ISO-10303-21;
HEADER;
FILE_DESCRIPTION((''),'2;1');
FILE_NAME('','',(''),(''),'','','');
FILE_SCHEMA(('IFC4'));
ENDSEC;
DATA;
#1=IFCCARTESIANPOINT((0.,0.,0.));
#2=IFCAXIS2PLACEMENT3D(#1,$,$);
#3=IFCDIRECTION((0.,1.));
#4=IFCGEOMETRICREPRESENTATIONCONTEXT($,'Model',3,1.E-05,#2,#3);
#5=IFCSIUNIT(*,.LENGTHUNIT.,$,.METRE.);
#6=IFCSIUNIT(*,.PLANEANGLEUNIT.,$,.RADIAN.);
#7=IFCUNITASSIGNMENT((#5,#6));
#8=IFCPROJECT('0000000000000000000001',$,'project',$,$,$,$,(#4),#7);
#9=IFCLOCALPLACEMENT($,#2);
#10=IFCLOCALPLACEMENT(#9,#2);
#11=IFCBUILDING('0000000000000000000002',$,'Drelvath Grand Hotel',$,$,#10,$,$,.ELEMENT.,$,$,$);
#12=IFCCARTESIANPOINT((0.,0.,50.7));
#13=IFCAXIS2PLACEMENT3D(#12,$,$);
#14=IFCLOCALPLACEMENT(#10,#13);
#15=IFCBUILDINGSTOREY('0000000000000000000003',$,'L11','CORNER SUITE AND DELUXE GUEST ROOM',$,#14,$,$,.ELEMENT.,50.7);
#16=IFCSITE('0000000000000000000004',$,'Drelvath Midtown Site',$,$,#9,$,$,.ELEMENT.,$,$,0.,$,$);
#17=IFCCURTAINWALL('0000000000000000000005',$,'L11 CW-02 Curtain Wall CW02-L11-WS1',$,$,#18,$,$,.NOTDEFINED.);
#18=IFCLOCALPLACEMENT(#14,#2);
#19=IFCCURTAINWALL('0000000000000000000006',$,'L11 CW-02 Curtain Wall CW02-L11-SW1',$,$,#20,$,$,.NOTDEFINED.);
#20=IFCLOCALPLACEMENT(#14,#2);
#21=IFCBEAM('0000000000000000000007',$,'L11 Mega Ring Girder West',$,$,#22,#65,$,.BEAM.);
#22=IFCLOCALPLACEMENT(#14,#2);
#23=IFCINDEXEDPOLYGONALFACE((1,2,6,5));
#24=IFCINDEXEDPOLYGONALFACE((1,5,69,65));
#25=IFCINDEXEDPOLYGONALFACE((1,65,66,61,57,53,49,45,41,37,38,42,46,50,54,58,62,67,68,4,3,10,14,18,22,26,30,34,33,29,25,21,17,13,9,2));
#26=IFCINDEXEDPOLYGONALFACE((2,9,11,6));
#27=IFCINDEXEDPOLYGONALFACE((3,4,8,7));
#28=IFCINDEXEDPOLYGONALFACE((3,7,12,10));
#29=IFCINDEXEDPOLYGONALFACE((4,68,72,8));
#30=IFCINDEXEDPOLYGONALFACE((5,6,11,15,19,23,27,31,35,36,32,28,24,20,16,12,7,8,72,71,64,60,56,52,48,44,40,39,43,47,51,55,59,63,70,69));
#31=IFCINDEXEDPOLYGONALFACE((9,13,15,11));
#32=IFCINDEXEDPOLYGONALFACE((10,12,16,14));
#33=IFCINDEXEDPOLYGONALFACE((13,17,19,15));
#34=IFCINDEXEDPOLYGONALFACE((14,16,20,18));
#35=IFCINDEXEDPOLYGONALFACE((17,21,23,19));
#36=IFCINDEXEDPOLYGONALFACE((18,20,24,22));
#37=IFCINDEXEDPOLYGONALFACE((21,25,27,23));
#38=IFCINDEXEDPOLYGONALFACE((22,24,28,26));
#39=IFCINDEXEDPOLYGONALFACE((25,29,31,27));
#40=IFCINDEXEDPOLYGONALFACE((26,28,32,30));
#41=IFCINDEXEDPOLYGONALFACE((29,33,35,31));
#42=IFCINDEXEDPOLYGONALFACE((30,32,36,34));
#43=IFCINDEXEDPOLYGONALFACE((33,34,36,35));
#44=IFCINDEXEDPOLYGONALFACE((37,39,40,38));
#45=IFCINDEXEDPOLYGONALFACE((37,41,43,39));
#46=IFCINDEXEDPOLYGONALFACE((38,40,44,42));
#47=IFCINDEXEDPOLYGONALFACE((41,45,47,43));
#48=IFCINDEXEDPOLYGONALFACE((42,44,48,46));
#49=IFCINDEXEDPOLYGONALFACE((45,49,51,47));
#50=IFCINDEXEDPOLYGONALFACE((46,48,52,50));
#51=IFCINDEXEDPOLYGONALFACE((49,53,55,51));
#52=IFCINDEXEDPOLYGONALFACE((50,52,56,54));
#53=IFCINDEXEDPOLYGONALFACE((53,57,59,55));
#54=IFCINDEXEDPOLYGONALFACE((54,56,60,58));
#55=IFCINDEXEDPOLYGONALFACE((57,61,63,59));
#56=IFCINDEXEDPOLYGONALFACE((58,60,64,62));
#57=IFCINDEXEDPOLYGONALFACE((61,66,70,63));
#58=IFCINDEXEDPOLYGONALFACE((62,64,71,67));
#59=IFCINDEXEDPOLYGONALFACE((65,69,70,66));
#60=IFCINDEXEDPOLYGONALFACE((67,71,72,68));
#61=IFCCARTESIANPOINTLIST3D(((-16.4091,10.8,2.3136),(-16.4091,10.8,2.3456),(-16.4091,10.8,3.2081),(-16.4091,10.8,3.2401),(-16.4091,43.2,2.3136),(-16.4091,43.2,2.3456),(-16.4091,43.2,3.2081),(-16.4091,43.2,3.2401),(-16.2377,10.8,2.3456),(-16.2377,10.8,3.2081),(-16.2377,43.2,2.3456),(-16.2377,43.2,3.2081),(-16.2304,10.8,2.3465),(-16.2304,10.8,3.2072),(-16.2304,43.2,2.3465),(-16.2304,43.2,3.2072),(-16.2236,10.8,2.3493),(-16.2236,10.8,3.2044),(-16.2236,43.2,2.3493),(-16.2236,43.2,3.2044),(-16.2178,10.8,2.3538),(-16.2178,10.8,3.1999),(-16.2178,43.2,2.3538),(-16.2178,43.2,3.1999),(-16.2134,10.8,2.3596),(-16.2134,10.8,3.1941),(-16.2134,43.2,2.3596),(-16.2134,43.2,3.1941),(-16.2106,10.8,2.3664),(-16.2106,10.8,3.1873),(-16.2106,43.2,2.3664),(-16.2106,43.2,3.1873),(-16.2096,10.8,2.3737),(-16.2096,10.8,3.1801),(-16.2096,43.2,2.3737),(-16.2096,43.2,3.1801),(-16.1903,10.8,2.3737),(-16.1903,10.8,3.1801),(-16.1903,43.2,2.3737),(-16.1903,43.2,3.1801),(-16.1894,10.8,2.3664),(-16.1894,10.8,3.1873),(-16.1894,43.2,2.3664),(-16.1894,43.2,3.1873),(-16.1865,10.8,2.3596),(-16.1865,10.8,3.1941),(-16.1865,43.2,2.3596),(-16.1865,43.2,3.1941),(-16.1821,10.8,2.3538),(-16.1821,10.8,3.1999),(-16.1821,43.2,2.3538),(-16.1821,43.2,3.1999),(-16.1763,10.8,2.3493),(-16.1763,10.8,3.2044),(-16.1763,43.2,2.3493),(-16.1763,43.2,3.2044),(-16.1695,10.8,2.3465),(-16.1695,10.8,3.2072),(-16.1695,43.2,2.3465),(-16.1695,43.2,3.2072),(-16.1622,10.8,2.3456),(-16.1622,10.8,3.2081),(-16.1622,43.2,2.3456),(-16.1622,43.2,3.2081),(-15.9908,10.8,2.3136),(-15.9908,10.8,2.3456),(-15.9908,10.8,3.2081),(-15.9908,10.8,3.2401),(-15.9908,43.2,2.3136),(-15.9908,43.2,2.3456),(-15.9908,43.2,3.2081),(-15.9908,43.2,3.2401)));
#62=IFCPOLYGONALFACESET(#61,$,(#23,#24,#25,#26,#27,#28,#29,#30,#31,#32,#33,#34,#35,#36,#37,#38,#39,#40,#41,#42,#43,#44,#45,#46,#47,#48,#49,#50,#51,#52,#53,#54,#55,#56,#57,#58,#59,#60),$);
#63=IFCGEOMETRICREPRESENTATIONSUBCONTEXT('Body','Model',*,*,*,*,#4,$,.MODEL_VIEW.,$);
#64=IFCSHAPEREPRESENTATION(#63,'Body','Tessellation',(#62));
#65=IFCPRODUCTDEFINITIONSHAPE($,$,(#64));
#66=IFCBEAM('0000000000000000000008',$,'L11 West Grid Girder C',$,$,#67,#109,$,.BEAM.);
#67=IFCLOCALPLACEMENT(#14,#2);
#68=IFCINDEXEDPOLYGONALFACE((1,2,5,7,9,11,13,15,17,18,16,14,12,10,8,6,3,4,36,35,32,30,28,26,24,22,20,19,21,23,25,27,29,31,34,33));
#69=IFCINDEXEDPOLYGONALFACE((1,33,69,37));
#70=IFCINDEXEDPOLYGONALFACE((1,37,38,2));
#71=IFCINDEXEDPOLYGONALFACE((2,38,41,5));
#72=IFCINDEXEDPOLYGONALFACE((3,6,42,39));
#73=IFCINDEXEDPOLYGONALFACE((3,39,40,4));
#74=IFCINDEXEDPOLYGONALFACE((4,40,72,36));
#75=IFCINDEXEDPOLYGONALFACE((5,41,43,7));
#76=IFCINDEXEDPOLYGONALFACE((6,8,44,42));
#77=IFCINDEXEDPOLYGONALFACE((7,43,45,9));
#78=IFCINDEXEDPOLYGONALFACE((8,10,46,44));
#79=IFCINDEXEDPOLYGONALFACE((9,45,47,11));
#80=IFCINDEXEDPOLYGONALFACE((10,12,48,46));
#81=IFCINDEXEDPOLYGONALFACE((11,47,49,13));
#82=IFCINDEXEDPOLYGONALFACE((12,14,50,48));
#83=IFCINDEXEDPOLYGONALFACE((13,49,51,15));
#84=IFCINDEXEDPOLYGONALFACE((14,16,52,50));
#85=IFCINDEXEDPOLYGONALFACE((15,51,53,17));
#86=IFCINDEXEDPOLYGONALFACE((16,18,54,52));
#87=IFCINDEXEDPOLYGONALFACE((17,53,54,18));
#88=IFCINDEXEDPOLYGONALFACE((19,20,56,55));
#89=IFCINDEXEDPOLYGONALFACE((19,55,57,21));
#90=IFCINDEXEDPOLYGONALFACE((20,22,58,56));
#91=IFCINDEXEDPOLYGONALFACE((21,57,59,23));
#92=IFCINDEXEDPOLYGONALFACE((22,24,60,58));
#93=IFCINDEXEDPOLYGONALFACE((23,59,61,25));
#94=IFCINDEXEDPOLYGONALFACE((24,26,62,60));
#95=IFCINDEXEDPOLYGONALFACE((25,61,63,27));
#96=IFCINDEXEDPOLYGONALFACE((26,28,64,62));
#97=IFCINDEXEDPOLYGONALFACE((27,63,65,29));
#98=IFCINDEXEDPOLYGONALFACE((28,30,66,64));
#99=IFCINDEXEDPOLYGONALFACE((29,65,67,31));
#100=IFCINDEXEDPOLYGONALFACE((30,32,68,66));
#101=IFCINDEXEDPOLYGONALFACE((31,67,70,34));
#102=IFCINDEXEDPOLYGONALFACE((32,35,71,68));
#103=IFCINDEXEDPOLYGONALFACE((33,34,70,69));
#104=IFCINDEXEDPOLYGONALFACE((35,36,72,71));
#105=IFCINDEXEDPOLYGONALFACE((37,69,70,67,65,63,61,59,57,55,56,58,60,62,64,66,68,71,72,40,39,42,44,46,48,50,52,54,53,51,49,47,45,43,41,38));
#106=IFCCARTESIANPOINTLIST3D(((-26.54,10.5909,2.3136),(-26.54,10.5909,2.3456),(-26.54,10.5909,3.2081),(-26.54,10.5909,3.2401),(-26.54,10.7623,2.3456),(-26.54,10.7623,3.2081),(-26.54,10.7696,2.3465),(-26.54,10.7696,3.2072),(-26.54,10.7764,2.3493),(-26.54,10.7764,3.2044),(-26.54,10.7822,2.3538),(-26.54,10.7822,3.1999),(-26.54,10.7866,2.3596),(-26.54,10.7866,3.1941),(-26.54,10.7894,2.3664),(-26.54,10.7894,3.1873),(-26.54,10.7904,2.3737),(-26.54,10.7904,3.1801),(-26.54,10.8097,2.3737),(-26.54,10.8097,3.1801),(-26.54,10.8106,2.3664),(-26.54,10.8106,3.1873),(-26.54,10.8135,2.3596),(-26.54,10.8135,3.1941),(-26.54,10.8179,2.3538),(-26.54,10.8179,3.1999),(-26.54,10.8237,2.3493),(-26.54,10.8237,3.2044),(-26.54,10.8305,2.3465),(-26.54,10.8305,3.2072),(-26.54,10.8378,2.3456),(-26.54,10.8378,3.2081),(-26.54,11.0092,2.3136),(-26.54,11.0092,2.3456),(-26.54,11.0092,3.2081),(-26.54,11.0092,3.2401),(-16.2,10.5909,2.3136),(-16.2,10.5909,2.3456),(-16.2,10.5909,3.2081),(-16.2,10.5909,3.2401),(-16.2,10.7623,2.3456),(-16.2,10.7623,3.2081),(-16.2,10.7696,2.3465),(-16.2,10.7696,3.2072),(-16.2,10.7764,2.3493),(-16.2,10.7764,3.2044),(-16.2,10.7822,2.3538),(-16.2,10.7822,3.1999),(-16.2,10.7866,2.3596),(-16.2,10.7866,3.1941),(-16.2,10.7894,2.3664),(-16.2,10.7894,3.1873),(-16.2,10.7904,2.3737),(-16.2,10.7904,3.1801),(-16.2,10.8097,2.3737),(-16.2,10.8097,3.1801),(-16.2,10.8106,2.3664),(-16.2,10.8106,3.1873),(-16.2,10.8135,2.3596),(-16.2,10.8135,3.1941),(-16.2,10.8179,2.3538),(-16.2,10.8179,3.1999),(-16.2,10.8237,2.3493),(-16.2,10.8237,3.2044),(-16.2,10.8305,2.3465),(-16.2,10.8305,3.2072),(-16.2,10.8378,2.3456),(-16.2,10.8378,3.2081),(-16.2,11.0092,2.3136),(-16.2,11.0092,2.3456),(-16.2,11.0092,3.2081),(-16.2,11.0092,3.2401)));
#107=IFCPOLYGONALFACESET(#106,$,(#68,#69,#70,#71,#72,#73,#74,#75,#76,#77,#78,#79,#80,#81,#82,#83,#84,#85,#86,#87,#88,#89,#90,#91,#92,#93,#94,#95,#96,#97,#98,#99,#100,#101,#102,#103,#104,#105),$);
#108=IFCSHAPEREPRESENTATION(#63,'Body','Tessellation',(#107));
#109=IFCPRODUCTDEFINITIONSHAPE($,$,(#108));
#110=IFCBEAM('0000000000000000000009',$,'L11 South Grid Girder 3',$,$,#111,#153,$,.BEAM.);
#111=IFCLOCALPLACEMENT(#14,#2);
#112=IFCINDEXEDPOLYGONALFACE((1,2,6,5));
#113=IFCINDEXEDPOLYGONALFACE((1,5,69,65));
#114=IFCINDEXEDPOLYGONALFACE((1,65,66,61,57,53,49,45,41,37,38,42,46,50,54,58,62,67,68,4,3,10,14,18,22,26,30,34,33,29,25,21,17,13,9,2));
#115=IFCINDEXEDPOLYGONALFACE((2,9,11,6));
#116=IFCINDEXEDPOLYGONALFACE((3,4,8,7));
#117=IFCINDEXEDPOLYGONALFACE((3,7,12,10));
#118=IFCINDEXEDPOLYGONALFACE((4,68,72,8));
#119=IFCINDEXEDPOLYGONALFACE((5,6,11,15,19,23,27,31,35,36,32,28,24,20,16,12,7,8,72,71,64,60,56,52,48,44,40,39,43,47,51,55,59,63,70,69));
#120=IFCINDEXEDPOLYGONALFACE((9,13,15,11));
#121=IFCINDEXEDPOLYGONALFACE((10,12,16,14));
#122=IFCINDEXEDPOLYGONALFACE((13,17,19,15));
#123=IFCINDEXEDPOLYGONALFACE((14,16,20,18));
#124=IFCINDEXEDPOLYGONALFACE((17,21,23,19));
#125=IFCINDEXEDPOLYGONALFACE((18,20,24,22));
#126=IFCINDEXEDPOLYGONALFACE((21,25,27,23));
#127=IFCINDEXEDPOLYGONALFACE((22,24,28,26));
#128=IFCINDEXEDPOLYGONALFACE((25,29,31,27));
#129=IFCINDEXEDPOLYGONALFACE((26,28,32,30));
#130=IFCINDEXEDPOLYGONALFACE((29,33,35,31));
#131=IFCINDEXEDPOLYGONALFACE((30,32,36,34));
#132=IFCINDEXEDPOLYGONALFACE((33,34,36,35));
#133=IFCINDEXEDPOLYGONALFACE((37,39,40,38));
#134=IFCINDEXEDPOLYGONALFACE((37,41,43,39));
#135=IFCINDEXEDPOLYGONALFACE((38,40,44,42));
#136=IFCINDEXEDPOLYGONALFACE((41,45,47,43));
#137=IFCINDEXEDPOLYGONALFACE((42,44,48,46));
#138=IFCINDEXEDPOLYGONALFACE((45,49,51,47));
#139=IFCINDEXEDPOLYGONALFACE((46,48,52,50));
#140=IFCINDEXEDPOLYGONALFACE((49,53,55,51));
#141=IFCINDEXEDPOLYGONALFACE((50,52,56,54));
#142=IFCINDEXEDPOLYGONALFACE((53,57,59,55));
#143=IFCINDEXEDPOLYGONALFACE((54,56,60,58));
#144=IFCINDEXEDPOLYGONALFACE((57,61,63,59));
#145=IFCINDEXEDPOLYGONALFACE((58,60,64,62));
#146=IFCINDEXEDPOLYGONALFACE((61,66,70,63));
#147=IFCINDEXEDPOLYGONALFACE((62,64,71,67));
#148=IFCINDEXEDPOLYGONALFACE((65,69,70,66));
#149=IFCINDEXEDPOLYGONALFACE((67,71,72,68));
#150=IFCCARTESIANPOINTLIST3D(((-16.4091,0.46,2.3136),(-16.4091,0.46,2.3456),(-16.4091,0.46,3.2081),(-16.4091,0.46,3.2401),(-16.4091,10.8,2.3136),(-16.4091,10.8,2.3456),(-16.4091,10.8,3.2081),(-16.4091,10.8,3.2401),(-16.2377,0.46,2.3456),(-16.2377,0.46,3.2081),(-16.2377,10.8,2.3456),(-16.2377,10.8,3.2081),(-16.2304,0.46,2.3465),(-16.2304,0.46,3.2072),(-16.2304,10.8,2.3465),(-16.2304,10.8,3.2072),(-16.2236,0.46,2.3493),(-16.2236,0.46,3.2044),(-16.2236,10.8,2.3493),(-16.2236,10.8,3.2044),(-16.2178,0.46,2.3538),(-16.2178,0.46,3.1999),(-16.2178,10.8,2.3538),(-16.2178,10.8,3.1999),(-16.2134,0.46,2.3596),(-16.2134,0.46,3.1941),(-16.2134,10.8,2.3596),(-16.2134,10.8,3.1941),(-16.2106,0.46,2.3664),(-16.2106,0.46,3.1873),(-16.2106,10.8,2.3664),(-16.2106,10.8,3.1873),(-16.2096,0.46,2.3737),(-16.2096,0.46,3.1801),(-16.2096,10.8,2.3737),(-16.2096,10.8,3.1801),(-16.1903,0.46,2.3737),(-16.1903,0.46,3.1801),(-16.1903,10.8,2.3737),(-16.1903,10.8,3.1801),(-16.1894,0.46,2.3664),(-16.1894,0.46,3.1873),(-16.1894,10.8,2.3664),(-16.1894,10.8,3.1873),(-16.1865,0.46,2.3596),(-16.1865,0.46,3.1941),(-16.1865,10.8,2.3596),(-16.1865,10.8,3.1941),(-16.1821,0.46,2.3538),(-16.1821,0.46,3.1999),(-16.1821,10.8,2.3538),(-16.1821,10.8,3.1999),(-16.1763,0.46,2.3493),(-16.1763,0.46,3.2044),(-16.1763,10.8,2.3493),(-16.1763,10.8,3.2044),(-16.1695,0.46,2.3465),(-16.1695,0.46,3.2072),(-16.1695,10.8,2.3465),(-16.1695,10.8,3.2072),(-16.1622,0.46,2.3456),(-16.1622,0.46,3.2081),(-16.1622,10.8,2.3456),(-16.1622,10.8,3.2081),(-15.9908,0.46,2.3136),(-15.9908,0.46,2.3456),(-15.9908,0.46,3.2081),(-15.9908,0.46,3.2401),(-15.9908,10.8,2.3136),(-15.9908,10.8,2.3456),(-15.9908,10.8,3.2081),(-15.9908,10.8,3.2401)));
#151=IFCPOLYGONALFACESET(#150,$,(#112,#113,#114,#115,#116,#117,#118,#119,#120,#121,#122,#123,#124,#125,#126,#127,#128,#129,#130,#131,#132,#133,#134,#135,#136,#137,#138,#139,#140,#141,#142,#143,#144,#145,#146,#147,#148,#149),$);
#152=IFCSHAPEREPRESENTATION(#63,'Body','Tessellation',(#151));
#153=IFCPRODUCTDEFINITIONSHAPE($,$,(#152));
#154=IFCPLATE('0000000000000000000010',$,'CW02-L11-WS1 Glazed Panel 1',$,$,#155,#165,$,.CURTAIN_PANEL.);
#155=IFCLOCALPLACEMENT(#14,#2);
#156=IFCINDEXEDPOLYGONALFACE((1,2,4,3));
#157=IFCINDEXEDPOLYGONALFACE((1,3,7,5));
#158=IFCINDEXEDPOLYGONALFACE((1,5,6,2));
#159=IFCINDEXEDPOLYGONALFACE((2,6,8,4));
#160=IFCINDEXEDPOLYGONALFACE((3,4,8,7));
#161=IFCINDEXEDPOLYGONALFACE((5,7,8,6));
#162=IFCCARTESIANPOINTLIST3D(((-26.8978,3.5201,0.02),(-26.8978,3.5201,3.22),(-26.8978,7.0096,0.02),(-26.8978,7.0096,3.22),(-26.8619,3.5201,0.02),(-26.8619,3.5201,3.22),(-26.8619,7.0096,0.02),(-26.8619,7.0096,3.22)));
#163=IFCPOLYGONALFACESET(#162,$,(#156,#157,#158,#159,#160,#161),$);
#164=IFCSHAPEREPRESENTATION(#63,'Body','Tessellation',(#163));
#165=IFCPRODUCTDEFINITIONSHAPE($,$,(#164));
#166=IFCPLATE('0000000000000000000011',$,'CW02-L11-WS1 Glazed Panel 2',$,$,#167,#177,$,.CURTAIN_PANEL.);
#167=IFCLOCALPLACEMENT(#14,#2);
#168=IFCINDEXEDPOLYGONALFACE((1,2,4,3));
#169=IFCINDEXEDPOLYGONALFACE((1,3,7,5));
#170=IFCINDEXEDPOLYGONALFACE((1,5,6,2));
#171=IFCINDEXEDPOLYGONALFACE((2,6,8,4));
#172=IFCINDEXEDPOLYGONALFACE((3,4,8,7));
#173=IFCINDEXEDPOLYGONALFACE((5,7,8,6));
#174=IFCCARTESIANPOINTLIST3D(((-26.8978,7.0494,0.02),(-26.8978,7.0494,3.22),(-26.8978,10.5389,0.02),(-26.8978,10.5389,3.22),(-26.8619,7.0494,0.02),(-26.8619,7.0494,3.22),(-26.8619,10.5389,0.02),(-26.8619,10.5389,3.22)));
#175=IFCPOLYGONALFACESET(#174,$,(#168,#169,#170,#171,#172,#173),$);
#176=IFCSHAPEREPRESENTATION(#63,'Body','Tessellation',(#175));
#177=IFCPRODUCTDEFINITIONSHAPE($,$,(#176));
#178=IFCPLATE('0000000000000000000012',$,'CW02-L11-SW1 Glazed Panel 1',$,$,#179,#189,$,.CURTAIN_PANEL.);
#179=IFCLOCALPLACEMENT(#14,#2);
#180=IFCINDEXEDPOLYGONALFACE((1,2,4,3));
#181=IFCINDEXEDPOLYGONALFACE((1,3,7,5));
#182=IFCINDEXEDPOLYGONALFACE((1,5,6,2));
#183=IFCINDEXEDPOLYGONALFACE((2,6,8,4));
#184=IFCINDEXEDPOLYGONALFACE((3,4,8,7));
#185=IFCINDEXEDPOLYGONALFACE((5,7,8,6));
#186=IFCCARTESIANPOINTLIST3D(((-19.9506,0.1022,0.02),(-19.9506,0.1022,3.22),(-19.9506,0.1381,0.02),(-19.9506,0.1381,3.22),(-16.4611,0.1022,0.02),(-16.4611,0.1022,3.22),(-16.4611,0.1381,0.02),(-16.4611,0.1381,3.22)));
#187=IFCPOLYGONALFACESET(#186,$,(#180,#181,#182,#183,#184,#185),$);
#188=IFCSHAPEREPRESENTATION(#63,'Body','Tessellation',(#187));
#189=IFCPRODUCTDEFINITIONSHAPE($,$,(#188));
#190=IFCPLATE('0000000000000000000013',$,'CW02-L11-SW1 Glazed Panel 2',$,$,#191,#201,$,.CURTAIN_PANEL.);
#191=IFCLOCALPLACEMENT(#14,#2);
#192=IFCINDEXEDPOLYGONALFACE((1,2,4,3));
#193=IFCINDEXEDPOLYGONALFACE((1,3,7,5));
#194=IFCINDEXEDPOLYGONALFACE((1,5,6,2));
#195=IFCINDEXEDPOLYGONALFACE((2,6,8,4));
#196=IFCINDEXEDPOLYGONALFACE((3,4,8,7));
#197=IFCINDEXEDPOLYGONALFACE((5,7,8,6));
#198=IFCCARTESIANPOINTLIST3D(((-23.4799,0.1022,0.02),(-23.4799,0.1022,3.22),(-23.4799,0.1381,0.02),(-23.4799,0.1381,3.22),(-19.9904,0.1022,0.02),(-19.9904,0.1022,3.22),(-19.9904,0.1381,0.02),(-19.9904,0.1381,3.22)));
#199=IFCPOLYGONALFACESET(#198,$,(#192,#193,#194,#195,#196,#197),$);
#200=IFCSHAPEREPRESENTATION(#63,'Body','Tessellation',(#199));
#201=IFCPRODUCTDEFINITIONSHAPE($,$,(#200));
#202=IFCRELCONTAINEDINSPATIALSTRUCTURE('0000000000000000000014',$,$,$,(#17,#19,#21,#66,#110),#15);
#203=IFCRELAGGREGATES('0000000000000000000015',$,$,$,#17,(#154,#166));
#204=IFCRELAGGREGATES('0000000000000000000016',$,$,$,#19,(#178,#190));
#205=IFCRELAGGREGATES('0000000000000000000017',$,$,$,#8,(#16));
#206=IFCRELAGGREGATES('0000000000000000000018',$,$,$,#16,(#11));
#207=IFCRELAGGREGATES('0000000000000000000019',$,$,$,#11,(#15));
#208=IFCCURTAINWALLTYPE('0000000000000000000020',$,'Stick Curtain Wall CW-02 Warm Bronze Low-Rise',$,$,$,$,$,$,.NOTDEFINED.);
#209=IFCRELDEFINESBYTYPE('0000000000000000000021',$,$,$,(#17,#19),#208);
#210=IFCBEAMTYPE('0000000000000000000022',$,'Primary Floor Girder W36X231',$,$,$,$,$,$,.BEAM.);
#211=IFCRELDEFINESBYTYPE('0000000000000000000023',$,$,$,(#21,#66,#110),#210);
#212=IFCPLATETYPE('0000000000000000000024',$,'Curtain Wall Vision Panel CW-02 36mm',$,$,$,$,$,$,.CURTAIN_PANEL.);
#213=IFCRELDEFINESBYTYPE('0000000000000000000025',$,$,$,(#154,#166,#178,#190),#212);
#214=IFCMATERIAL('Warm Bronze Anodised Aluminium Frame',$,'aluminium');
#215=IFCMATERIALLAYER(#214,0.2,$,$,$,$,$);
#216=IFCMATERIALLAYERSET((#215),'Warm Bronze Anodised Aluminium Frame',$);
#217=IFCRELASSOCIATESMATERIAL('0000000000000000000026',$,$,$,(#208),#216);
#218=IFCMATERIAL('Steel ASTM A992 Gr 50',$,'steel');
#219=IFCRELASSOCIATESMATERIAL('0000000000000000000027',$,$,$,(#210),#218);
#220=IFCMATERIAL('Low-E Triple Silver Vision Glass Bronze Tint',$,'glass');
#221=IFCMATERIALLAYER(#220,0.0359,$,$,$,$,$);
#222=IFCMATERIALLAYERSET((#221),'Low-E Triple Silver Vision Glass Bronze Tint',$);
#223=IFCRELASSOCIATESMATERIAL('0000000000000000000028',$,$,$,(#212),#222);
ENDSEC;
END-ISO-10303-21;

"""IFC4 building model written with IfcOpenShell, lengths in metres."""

from ifc_helpers import new_model, si_unit, direction, frame, origin, origin_2d, place, context, subcontext, project, spatial, rectangle, i_section, extrude, material, layer, layer_set, material_profile, profile_set, type_object, element, aggregate, save


model = new_model("IFC4")

# Units and contexts
model_context = context("Model", 3, precision=1e-05, world=origin(), true_north=direction((0.0, 1.0)))
body_context = subcontext(model_context, "Body", "Model", "MODEL_VIEW")
ifc_project = project(units=[si_unit("LENGTHUNIT", "METRE"), si_unit("PLANEANGLEUNIT", "RADIAN")], contexts=[model_context])

# Site, building, storey
site_placement = place(None, origin())
site = spatial("IfcSite", under=ifc_project, at=site_placement, Name="Drelvath Midtown Site", CompositionType="ELEMENT", RefElevation=0.0)
building_placement = place(site_placement, origin())
building = spatial("IfcBuilding", under=site, at=building_placement, Name="Drelvath Grand Hotel", CompositionType="ELEMENT")
storey_placement = place(building_placement, frame((0.0, 0.0, 50.7)))
storey = spatial("IfcBuildingStorey", under=building, at=storey_placement, Name="L11", Description="CORNER SUITE AND DELUXE GUEST ROOM", CompositionType="ELEMENT", Elevation=50.7)

# Curtain walls
ifc_material_1 = material(Name="Warm Bronze Anodised Aluminium Frame", Category="aluminium")
ifc_layer_1 = layer(ifc_material_1, 0.2)
ifc_layer_set_1 = layer_set([ifc_layer_1], Name="Warm Bronze Anodised Aluminium Frame")
curtain_wall_type = type_object("IfcCurtainWallType", Name="Stick Curtain Wall CW-02 Warm Bronze Low-Rise", PredefinedType="NOTDEFINED", material=ifc_layer_set_1)
curtain_wall_1_placement = place(storey_placement, origin())
curtain_wall_1 = element("IfcCurtainWall", 1, at=curtain_wall_1_placement, inside=storey, type_object=curtain_wall_type, Name="L11 CW-02 Curtain Wall CW02-L11-WS1", PredefinedType="NOTDEFINED")
curtain_wall_2_placement = place(storey_placement, origin())
curtain_wall_2 = element("IfcCurtainWall", 2, at=curtain_wall_2_placement, inside=storey, type_object=curtain_wall_type, Name="L11 CW-02 Curtain Wall CW02-L11-SW1", PredefinedType="NOTDEFINED")

# Beams
ifc_material_2 = material(Name="Steel ASTM A992 Gr 50", Category="steel")
ifc_material_profile_1 = material_profile(ifc_material_2, i_section(OverallWidth=0.4182, OverallDepth=0.9265, WebThickness=0.0193, FlangeThickness=0.032, FilletRadius=0.0281, at=origin_2d()), Name="W36X231")
ifc_profile_set_1 = profile_set([ifc_material_profile_1], Name="Steel ASTM A992 Gr 50")
beam_type_1 = type_object("IfcBeamType", Name="Primary Floor Girder W36X231", PredefinedType="BEAM", material=ifc_profile_set_1)
for number, where, z_axis, x_axis, name in (
    (3, (-16.2, 10.8, 2.7769), (0.0, 1.0, 0.0), (-1.0, 0.0, 0.0), "L11 Mega Ring Girder West"),
):
    element("IfcBeam", number, at=place(storey_placement, frame(where, z_axis=z_axis, x_axis=x_axis)), inside=storey, type_object=beam_type_1, Name=name, PredefinedType="BEAM", context=body_context, shape_type="SweptSolid", body=[
        extrude(i_section(OverallWidth=0.4182, OverallDepth=0.9265, WebThickness=0.0193, FlangeThickness=0.032, FilletRadius=0.0281, at=origin_2d()), origin(), (0.0, 0.0, 1.0), 32.3999),
    ])
for number, where, z_axis, x_axis, name in (
    (4, (-26.54, 10.8, 2.7769), (1.0, 0.0, 0.0), (0.0, 1.0, 0.0), "L11 West Grid Girder C"),
    (5, (-16.2, 0.46, 2.7769), (0.0, 1.0, 0.0), (-1.0, 0.0, 0.0), "L11 South Grid Girder 3"),
):
    element("IfcBeam", number, at=place(storey_placement, frame(where, z_axis=z_axis, x_axis=x_axis)), inside=storey, type_object=beam_type_1, Name=name, PredefinedType="BEAM", context=body_context, shape_type="SweptSolid", body=[
        extrude(i_section(OverallWidth=0.4182, OverallDepth=0.9265, WebThickness=0.0193, FlangeThickness=0.032, FilletRadius=0.0281, at=origin_2d()), origin(), (0.0, 0.0, 1.0), 10.3401),
    ])

# Plates
ifc_material_3 = material(Name="Low-E Triple Silver Vision Glass Bronze Tint", Category="glass")
ifc_layer_2 = layer(ifc_material_3, 0.0359)
ifc_layer_set_2 = layer_set([ifc_layer_2], Name="Low-E Triple Silver Vision Glass Bronze Tint")
plate_type = type_object("IfcPlateType", Name="Curtain Wall Vision Panel CW-02 36mm", PredefinedType="CURTAIN_PANEL", material=ifc_layer_set_2)
plate_1_placement = place(storey_placement, frame((-26.8799, 5.2649, 0.02), z_axis=(0.0, 0.0, 1.0), x_axis=(0.0, 1.0, 0.0)))
plate_1 = element("IfcPlate", 6, at=plate_1_placement, type_object=plate_type, Name="CW02-L11-WS1 Glazed Panel 1", PredefinedType="CURTAIN_PANEL", context=body_context, shape_type="SweptSolid", body=[
    extrude(rectangle(XDim=3.4895, YDim=0.0359, at=origin_2d()), origin(), (0.0, 0.0, 1.0), 3.2),
])
plate_2_placement = place(storey_placement, frame((-26.8799, 8.7942, 0.02), z_axis=(0.0, 0.0, 1.0), x_axis=(0.0, 1.0, 0.0)))
plate_2 = element("IfcPlate", 7, at=plate_2_placement, type_object=plate_type, Name="CW02-L11-WS1 Glazed Panel 2", PredefinedType="CURTAIN_PANEL", context=body_context, shape_type="SweptSolid", body=[
    extrude(rectangle(XDim=3.4895, YDim=0.0359, at=origin_2d()), origin(), (0.0, 0.0, 1.0), 3.2),
])
aggregate(curtain_wall_1, [plate_1, plate_2])
plate_3_placement = place(storey_placement, frame((-18.2058, 0.1201, 0.02), z_axis=(0.0, 0.0, 1.0), x_axis=(-1.0, 0.0, 0.0)))
plate_3 = element("IfcPlate", 8, at=plate_3_placement, type_object=plate_type, Name="CW02-L11-SW1 Glazed Panel 1", PredefinedType="CURTAIN_PANEL", context=body_context, shape_type="SweptSolid", body=[
    extrude(rectangle(XDim=3.4895, YDim=0.0359, at=origin_2d()), origin(), (0.0, 0.0, 1.0), 3.2),
])
plate_4_placement = place(storey_placement, frame((-21.7351, 0.1201, 0.02), z_axis=(0.0, 0.0, 1.0), x_axis=(-1.0, 0.0, 0.0)))
plate_4 = element("IfcPlate", 9, at=plate_4_placement, type_object=plate_type, Name="CW02-L11-SW1 Glazed Panel 2", PredefinedType="CURTAIN_PANEL", context=body_context, shape_type="SweptSolid", body=[
    extrude(rectangle(XDim=3.4895, YDim=0.0359, at=origin_2d()), origin(), (0.0, 0.0, 1.0), 3.2),
])
aggregate(curtain_wall_2, [plate_3, plate_4])

save(model, "model.ifc")
